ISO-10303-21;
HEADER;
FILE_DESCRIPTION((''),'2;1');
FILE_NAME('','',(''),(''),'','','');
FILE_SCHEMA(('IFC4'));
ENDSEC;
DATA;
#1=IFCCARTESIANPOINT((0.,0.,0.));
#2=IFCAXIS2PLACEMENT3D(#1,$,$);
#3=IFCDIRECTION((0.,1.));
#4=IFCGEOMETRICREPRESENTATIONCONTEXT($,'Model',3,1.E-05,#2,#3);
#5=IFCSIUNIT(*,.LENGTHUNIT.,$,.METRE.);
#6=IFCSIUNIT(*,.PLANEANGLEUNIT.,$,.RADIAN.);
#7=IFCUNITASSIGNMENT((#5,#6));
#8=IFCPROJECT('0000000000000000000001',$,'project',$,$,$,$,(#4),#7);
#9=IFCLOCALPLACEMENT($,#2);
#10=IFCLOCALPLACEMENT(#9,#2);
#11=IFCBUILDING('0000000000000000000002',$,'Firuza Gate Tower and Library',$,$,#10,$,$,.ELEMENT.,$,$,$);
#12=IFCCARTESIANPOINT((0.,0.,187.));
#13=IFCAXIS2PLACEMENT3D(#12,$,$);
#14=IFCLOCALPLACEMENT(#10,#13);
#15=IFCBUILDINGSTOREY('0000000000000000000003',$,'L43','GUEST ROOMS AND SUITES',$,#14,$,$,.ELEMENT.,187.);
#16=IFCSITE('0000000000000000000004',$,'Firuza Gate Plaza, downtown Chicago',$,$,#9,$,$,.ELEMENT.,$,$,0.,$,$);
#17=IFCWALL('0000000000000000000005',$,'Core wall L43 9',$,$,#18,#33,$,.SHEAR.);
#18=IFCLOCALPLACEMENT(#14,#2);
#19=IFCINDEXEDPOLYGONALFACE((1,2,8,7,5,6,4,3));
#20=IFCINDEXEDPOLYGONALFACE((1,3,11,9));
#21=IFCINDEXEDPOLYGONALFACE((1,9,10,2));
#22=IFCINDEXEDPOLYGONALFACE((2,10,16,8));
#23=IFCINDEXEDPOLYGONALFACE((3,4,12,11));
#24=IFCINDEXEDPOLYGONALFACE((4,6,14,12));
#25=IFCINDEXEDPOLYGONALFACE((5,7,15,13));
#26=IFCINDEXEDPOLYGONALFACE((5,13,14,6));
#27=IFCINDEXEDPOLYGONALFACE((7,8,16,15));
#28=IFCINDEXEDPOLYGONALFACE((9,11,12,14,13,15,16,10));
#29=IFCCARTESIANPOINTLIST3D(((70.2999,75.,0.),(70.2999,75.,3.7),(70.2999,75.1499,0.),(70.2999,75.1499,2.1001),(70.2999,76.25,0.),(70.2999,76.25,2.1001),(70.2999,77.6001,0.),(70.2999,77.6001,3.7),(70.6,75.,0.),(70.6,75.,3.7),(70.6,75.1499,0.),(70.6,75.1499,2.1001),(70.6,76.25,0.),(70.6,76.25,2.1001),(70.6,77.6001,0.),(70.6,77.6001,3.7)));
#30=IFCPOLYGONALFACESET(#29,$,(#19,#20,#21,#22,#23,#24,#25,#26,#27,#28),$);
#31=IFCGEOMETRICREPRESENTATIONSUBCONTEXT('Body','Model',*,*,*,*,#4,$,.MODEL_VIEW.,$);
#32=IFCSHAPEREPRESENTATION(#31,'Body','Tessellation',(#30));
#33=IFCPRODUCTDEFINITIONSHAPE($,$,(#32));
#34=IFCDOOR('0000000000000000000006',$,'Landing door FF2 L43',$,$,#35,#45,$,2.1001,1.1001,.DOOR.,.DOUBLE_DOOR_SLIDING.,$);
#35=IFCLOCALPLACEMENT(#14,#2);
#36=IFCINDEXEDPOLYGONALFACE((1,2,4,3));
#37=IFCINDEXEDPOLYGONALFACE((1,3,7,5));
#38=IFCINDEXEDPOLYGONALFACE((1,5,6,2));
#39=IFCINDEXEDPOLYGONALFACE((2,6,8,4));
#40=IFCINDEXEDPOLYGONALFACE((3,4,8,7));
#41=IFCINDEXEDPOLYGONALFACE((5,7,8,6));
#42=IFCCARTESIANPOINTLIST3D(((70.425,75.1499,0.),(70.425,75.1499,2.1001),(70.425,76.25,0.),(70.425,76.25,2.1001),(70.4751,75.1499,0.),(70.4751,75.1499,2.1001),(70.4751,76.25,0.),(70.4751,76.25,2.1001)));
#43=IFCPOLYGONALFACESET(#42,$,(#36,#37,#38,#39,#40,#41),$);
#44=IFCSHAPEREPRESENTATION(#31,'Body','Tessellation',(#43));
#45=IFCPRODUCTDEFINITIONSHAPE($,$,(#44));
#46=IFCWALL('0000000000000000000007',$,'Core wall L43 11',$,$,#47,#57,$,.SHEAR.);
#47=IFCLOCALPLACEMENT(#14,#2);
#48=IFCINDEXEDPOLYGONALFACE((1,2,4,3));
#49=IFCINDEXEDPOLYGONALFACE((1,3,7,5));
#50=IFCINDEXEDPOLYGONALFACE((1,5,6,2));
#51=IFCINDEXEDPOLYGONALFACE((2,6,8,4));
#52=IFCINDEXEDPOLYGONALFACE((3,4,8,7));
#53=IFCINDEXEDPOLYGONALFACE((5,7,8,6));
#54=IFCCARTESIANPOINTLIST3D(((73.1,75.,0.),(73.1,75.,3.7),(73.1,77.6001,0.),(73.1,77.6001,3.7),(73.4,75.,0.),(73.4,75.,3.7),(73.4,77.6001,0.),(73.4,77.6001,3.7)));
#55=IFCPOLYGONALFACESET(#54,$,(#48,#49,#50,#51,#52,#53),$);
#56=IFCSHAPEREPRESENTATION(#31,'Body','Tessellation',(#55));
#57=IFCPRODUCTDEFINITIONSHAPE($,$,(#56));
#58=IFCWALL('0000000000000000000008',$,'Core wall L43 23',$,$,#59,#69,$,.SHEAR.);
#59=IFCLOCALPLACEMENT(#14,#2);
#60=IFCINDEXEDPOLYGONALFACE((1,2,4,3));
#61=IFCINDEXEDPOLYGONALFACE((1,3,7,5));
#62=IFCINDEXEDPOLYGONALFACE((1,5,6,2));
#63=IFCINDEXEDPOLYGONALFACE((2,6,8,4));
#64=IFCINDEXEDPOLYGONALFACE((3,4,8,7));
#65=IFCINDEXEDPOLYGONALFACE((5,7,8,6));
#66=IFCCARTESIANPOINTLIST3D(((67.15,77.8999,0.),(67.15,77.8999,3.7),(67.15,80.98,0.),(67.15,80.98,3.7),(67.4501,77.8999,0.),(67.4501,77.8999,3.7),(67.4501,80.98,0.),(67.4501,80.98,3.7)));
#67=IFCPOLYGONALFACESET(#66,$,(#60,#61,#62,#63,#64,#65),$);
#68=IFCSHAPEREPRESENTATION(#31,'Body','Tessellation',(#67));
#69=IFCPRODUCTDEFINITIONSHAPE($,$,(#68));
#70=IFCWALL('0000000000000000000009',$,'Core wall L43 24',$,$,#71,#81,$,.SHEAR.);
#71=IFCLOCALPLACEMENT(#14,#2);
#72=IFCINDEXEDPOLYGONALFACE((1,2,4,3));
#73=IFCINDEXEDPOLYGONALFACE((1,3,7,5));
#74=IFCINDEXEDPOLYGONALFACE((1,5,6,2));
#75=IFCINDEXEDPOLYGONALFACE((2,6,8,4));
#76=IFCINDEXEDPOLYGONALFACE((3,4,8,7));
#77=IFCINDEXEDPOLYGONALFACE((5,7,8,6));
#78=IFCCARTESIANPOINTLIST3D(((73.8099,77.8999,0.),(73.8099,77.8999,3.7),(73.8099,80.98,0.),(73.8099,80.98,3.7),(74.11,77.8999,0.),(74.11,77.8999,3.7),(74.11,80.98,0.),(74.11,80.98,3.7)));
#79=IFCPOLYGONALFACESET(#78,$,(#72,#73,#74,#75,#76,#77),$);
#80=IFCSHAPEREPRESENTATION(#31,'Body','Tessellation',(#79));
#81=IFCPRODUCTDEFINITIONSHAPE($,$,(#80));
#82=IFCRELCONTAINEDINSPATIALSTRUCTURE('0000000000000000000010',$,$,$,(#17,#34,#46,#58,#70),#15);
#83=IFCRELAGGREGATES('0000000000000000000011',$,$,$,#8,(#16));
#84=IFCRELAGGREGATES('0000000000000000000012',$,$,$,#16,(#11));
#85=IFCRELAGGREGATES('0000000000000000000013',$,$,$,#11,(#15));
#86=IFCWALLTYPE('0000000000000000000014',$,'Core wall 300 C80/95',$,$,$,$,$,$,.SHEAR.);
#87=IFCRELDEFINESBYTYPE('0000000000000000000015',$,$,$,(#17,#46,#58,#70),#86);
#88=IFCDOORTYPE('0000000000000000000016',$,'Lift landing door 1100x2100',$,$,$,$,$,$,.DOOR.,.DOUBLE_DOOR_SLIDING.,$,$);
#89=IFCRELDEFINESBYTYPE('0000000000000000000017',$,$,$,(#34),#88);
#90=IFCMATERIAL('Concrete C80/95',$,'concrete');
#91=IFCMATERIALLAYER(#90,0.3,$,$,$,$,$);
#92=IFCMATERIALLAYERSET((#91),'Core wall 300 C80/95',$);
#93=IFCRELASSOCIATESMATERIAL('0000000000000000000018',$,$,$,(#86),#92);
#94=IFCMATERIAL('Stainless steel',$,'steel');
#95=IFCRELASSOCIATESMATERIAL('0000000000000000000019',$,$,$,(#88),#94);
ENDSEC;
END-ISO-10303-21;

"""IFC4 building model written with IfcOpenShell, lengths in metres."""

from ifc_helpers import new_model, si_unit, direction, frame, frame_2d, origin, place, context, subcontext, project, spatial, rectangle, extrude, material, layer, layer_set, type_object, element, fill, save


model = new_model("IFC4")

# Units and contexts
model_context = context("Model", 3, precision=1e-05, world=origin(), true_north=direction((0.0, 1.0)))
body_context = subcontext(model_context, "Body", "Model", "MODEL_VIEW")
ifc_project = project(units=[si_unit("LENGTHUNIT", "METRE"), si_unit("PLANEANGLEUNIT", "RADIAN")], contexts=[model_context])

# Site, building, storey
site_placement = place(None, origin())
site = spatial("IfcSite", under=ifc_project, at=site_placement, Name="Firuza Gate Plaza, downtown Chicago", CompositionType="ELEMENT", RefElevation=0.0)
building_placement = place(site_placement, origin())
building = spatial("IfcBuilding", under=site, at=building_placement, Name="Firuza Gate Tower and Library", CompositionType="ELEMENT")
storey_placement = place(building_placement, frame((0.0, 0.0, 187.0)))
storey = spatial("IfcBuildingStorey", under=building, at=storey_placement, Name="L43", Description="GUEST ROOMS AND SUITES", CompositionType="ELEMENT", Elevation=187.0)

# Shared definitions
ifc_material_1 = material(Name="Concrete C80/95", Category="concrete")
ifc_layer_1 = layer(ifc_material_1, 0.3)
ifc_layer_set_1 = layer_set([ifc_layer_1], Name="Core wall 300 C80/95")
wall_type_1 = type_object("IfcWallType", Name="Core wall 300 C80/95", PredefinedType="SHEAR", material=ifc_layer_set_1)
ifc_material_2 = material(Name="Stainless steel", Category="steel")
door_type_1 = type_object("IfcDoorType", Name="Lift landing door 1100x2100", OperationType="DOUBLE_DOOR_SLIDING", PredefinedType="DOOR", material=ifc_material_2)

# Wall, opening, door
wall_1_placement = place(storey_placement, frame((70.45, 75.0, 0.0), z_axis=(0.0, 0.0, 1.0), x_axis=(0.0, 1.0, 0.0)))
wall_1 = element("IfcWall", 1, at=wall_1_placement, inside=storey, type_object=wall_type_1, Name="Core wall L43 9", PredefinedType="SHEAR", context=body_context, shape_type="SweptSolid", body=[
    extrude(rectangle(XDim=2.6001, YDim=0.3, at=frame_2d((1.3, 0.0))), origin(), (0.0, 0.0, 1.0), 3.7),
])
opening_1_placement = place(wall_1_placement, frame((0.1499, 0.0, 0.0)))
opening_1 = element("IfcOpeningElement", 2, at=opening_1_placement, cuts=wall_1, PredefinedType="OPENING", context=body_context, shape_type="SweptSolid", body=[
    extrude(rectangle(XDim=1.1001, YDim=2.1001, at=frame_2d((0.55, 1.05))), frame((0.0, 0.1602, 0.0), z_axis=(0.0, -1.0, 0.0), x_axis=(1.0, 0.0, 0.0)), (0.0, 0.0, 1.0), 0.3201),
])
door_1_placement = place(opening_1_placement, origin())
door_1 = element("IfcDoor", 3, at=door_1_placement, inside=storey, type_object=door_type_1, Name="Landing door FF2 L43", OperationType="DOUBLE_DOOR_SLIDING", OverallHeight=2.1001, OverallWidth=1.1001, PredefinedType="DOOR", context=body_context, shape_type="SweptSolid", body=[
    extrude(rectangle(XDim=1.1001, YDim=2.1001, at=frame_2d((0.55, 1.05))), frame((0.0, 0.0249, 0.0), z_axis=(0.0, -1.0, 0.0), x_axis=(1.0, 0.0, 0.0)), (0.0, 0.0, 1.0), 0.05),
])
fill(opening_1, door_1)

# Walls
wall_2_placement = place(storey_placement, frame((73.25, 75.0, 0.0), z_axis=(0.0, 0.0, 1.0), x_axis=(0.0, 1.0, 0.0)))
element("IfcWall", 4, at=wall_2_placement, inside=storey, type_object=wall_type_1, Name="Core wall L43 11", PredefinedType="SHEAR", context=body_context, shape_type="SweptSolid", body=[
    extrude(rectangle(XDim=2.6001, YDim=0.3, at=frame_2d((1.3, 0.0))), origin(), (0.0, 0.0, 1.0), 3.7),
])
for number, where, z_axis, x_axis, name in (
    (5, (67.3, 77.8999, 0.0), (0.0, 0.0, 1.0), (0.0, 1.0, 0.0), "Core wall L43 23"),
    (6, (73.96, 77.8999, 0.0), (0.0, 0.0, 1.0), (0.0, 1.0, 0.0), "Core wall L43 24"),
):
    element("IfcWall", number, at=place(storey_placement, frame(where, z_axis=z_axis, x_axis=x_axis)), inside=storey, type_object=wall_type_1, Name=name, PredefinedType="SHEAR", context=body_context, shape_type="SweptSolid", body=[
        extrude(rectangle(XDim=3.0801, YDim=0.3, at=frame_2d((1.54, 0.0))), origin(), (0.0, 0.0, 1.0), 3.7),
    ])

save(model, "model.ifc")
